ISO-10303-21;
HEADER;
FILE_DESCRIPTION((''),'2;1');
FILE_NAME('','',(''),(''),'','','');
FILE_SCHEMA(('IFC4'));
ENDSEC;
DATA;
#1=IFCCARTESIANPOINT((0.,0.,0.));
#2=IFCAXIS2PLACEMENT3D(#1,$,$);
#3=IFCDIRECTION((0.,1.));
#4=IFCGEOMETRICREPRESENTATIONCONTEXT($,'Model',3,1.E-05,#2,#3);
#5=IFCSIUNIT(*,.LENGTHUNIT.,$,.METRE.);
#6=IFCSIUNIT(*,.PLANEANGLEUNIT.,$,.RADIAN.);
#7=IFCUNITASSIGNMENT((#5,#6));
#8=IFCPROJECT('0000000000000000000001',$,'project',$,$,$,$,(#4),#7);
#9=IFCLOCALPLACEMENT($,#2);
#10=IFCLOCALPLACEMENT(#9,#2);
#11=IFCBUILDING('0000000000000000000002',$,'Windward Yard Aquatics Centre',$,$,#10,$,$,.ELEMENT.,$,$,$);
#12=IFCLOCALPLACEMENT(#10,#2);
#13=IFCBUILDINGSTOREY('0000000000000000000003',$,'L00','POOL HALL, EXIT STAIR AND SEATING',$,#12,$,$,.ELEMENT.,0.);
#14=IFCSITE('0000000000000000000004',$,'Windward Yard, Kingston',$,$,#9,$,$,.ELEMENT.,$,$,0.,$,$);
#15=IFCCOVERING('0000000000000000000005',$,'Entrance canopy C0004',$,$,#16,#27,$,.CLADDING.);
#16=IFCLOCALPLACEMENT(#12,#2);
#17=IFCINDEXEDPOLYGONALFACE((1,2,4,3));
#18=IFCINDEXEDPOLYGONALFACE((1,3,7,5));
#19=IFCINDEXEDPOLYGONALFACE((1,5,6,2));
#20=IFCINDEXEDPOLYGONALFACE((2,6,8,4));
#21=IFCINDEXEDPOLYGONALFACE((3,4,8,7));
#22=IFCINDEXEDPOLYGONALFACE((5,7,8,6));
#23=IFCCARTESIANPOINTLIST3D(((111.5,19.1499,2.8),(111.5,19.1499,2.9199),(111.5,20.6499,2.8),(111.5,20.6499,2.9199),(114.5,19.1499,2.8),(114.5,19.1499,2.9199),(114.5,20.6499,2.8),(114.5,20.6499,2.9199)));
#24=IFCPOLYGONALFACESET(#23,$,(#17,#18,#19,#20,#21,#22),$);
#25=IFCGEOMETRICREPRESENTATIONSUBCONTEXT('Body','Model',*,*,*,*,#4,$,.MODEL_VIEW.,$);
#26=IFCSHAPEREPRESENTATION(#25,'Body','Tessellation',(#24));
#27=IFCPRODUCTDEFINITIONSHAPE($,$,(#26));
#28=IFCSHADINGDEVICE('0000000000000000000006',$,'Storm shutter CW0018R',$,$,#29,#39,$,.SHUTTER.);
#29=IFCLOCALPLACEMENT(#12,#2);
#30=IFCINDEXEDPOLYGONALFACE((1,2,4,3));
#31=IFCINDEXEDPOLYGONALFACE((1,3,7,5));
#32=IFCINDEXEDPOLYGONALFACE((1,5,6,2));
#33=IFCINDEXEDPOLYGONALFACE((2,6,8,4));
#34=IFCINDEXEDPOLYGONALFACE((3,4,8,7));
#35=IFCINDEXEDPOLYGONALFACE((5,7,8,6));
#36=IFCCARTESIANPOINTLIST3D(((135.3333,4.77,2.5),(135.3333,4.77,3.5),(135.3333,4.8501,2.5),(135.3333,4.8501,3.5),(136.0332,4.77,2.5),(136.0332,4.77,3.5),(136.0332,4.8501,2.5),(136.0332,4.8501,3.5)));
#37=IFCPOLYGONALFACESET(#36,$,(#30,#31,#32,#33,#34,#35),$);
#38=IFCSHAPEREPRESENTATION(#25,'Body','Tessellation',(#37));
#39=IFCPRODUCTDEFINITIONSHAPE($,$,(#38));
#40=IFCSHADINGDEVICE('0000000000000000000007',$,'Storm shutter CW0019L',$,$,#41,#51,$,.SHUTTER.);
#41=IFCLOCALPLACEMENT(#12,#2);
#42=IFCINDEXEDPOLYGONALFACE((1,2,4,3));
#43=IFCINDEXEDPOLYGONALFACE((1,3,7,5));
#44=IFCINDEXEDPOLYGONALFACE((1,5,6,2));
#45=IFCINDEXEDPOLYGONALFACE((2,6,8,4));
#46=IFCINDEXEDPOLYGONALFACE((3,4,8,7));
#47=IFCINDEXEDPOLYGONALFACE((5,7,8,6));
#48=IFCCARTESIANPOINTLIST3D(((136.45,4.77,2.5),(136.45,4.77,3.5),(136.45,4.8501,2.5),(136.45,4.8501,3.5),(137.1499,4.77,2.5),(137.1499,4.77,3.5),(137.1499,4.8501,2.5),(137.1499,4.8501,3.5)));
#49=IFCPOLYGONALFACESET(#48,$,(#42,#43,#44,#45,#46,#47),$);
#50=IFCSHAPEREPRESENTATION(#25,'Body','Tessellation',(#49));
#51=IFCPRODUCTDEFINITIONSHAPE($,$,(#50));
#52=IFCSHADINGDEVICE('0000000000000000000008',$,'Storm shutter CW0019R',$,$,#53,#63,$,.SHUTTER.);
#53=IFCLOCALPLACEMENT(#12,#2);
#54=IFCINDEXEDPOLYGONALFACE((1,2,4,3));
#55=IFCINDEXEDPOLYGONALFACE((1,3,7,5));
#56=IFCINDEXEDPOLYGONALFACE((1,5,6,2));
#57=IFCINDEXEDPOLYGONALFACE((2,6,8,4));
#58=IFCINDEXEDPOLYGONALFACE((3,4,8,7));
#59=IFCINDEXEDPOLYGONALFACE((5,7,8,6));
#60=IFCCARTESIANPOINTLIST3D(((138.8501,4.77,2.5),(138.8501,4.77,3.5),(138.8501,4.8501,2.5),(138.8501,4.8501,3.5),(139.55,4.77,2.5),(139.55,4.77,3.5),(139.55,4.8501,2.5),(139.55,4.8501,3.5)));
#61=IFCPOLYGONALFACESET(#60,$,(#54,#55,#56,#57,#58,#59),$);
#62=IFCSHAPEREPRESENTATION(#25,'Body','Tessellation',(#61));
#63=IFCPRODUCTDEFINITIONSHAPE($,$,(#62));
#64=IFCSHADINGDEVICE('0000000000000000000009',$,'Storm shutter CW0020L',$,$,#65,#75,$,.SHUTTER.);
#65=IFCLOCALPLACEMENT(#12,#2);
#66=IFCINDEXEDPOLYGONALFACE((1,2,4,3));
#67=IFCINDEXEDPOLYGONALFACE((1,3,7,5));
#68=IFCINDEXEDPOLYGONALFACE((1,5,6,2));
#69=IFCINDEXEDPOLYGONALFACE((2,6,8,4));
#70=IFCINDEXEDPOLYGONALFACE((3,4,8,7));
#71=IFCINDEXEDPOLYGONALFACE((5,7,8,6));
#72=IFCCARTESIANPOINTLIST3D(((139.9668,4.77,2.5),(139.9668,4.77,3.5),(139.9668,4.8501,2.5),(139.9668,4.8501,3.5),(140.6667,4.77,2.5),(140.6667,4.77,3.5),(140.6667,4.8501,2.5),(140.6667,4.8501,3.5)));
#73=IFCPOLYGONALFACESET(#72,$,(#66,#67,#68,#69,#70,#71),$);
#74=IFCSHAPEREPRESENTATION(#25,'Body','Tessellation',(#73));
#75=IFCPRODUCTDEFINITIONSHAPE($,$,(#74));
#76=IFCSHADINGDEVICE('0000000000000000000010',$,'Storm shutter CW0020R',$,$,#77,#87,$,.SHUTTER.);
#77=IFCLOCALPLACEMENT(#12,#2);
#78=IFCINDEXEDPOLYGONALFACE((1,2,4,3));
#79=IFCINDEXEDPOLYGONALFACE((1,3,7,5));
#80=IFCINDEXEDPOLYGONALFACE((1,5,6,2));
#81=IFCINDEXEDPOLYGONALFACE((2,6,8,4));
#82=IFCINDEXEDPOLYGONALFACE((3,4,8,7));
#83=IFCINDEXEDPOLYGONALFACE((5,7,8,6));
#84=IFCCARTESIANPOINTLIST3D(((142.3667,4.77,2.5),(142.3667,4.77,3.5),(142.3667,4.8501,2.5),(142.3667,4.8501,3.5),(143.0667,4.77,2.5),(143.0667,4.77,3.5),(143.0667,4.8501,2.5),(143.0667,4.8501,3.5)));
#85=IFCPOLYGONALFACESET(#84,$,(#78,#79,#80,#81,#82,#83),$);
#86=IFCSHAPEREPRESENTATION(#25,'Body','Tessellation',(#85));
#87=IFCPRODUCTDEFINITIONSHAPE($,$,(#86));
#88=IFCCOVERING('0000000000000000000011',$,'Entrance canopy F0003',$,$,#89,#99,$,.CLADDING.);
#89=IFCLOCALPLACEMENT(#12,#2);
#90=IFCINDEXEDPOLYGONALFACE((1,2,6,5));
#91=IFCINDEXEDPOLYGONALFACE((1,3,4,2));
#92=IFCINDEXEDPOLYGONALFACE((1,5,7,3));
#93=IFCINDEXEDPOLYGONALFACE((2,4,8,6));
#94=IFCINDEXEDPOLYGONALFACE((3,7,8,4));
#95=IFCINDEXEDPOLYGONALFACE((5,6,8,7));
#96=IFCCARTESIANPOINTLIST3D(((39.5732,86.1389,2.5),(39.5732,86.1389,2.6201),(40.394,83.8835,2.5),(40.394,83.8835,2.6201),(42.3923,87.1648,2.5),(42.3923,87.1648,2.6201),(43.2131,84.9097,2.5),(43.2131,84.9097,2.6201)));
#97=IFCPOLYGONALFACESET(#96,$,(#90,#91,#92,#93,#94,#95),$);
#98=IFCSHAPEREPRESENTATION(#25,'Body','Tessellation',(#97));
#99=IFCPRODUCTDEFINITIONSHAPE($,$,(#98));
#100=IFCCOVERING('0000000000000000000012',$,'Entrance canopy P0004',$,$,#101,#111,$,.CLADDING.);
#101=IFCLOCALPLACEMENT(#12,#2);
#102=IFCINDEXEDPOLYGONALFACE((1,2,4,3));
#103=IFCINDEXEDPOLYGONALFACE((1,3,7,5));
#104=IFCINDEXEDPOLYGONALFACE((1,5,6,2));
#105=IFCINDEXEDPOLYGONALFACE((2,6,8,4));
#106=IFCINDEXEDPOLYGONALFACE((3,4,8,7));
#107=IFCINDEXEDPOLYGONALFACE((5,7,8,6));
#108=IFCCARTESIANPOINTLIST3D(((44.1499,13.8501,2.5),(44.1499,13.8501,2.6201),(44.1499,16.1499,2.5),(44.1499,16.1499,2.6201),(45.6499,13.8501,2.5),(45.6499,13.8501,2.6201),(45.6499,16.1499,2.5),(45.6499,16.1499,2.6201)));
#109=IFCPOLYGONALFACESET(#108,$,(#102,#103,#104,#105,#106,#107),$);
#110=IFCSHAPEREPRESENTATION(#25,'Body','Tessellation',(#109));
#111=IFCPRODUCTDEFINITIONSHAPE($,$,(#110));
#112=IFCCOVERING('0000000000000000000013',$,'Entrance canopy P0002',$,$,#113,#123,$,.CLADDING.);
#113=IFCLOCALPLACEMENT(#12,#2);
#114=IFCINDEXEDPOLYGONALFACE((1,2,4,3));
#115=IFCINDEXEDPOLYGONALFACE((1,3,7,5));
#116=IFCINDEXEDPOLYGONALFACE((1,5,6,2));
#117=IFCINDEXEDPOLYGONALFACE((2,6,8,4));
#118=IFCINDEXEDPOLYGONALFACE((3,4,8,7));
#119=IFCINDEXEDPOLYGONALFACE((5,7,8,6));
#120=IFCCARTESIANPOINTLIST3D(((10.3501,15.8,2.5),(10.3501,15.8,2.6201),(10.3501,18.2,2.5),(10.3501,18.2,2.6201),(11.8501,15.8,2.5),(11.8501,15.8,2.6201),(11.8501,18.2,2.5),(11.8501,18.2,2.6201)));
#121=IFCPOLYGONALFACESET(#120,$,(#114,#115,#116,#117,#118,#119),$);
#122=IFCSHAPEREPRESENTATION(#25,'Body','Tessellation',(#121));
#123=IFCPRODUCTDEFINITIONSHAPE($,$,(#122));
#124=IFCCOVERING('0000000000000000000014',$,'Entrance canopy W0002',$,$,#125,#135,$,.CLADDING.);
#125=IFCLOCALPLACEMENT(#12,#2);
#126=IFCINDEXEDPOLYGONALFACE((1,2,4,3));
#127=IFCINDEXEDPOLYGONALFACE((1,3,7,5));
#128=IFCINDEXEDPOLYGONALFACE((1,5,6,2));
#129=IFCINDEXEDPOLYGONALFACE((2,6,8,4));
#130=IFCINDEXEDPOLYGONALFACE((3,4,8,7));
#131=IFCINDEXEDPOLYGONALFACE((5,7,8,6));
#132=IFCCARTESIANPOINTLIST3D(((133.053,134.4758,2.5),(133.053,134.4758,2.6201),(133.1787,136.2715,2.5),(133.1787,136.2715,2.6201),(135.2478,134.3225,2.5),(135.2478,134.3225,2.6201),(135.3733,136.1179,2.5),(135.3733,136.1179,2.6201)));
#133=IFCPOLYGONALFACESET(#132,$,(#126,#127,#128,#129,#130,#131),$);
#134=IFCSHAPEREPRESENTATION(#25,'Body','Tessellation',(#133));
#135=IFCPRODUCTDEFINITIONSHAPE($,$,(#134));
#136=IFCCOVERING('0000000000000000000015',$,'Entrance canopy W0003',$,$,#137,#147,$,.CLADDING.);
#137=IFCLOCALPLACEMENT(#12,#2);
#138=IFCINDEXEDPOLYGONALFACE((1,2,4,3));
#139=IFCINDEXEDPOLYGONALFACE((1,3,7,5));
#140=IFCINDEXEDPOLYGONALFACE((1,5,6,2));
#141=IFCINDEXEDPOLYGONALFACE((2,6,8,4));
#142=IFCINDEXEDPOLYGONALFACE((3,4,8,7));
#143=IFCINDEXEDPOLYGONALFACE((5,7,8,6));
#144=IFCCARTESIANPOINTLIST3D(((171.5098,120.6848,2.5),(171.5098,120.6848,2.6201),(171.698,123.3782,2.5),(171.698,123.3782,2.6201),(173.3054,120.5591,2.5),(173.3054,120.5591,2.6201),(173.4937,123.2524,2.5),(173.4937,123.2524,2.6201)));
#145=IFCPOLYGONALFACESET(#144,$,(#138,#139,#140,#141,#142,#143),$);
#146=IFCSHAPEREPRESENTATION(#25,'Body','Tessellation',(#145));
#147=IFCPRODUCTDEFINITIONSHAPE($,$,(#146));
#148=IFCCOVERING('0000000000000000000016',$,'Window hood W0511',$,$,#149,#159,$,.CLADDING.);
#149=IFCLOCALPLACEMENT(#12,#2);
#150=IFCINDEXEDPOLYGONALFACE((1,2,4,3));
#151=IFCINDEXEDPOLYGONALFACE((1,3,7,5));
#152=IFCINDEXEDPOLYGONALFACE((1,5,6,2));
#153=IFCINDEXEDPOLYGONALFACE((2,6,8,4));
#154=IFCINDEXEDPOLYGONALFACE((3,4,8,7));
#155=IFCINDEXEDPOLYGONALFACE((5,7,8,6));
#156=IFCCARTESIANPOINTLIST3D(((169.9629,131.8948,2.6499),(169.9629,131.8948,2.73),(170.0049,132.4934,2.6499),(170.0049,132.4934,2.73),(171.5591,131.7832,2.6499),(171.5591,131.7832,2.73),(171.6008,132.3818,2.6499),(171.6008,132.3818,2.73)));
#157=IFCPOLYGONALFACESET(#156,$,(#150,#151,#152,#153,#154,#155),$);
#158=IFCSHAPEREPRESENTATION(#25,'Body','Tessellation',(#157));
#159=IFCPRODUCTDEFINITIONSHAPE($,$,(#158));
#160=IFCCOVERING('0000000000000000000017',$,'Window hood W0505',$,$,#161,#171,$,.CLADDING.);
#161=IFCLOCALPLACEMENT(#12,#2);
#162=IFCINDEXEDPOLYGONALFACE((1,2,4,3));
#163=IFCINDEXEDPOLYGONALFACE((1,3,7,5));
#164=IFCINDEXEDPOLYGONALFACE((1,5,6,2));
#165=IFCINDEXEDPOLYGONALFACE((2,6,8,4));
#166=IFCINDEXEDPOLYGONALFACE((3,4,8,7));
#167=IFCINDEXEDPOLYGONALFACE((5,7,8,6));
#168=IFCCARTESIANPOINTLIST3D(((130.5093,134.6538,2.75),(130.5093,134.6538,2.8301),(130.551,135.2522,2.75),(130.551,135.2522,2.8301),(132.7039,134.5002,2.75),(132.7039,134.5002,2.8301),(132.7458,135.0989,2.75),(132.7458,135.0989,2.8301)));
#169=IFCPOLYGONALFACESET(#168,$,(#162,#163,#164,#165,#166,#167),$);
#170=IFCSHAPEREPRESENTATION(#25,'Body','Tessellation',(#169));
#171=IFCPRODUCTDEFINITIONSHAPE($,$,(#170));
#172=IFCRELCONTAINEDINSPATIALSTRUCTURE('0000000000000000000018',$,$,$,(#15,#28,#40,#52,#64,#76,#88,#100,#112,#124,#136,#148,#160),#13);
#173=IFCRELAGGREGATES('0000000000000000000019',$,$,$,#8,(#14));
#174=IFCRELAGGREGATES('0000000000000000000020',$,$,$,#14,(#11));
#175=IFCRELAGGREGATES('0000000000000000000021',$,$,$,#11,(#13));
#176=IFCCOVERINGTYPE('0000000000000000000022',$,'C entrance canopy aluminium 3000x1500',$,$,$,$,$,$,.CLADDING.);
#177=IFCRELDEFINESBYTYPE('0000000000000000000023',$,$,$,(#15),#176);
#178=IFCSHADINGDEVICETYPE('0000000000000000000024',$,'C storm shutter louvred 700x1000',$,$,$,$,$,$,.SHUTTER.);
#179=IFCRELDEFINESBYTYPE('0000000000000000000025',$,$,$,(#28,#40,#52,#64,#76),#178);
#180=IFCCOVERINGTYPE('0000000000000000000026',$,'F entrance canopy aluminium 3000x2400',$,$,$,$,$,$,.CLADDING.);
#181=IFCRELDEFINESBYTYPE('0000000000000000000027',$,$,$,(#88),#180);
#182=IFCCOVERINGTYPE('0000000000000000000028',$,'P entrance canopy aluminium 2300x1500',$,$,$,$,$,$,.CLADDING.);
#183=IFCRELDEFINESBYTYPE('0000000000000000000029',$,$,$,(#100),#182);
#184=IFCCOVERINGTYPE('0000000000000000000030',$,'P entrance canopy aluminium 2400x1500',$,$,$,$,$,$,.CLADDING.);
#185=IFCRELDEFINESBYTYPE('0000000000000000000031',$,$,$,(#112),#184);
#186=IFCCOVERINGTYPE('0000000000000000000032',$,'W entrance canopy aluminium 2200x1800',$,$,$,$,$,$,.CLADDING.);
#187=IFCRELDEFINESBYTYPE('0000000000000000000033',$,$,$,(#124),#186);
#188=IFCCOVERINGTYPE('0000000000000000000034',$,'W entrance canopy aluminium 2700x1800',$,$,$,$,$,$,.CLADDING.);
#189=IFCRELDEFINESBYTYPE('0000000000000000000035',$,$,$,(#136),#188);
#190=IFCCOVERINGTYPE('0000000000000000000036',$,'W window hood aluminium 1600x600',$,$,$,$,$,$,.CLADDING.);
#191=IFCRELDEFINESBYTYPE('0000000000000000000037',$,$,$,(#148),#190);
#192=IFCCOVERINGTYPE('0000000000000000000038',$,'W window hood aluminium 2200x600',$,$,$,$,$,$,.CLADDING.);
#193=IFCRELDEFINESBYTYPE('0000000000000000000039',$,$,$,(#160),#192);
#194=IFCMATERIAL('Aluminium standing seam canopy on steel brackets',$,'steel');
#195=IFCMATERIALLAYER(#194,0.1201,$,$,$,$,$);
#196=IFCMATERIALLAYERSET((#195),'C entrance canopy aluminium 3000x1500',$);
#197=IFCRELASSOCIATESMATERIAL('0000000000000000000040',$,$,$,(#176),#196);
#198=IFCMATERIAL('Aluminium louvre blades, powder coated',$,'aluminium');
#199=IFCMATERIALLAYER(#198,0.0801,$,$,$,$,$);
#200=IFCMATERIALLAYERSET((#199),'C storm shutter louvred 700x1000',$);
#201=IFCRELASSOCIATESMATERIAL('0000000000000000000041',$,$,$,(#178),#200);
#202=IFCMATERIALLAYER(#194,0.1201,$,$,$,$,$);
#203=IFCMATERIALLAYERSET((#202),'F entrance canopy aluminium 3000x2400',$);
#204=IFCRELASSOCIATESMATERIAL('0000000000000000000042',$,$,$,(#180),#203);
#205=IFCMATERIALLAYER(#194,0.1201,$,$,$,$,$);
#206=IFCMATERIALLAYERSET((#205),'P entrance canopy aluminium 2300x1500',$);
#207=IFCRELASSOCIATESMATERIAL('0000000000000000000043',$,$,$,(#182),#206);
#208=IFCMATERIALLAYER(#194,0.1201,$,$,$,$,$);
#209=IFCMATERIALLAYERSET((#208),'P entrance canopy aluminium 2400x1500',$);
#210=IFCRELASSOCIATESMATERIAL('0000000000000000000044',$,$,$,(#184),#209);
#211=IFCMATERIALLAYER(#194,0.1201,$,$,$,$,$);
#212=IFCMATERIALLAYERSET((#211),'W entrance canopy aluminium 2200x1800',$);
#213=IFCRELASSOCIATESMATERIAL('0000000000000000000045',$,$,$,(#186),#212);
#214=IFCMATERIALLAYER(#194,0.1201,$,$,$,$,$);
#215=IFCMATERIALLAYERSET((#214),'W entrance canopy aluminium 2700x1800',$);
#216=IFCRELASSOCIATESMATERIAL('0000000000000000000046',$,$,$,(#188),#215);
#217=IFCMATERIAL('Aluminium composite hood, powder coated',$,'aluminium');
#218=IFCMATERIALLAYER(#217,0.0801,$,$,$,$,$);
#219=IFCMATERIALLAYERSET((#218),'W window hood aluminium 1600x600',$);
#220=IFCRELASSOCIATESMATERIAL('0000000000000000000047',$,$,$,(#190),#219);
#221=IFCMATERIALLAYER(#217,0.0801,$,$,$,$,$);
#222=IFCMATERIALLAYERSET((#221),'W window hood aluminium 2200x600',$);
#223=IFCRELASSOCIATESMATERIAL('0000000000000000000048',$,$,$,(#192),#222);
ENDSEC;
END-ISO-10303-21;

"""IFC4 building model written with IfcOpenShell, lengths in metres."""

from ifc_helpers import new_model, si_unit, direction, frame, origin, place, context, subcontext, project, spatial, polyline, outline, extrude, material, layer, layer_set, type_object, element, save


model = new_model("IFC4")

# Units and contexts
model_context = context("Model", 3, precision=1e-05, world=origin(), true_north=direction((0.0, 1.0)))
body_context = subcontext(model_context, "Body", "Model", "MODEL_VIEW")
ifc_project = project(units=[si_unit("LENGTHUNIT", "METRE"), si_unit("PLANEANGLEUNIT", "RADIAN")], contexts=[model_context])

# Site, building, storey
site_placement = place(None, origin())
site = spatial("IfcSite", under=ifc_project, at=site_placement, Name="Windward Yard, Kingston", CompositionType="ELEMENT", RefElevation=0.0)
building_placement = place(site_placement, origin())
building = spatial("IfcBuilding", under=site, at=building_placement, Name="Windward Yard Aquatics Centre", CompositionType="ELEMENT")
storey_placement = place(building_placement, origin())
storey = spatial("IfcBuildingStorey", under=building, at=storey_placement, Name="L00", Description="POOL HALL, EXIT STAIR AND SEATING", CompositionType="ELEMENT", Elevation=0.0)

# Covering
ifc_material_1 = material(Name="Aluminium standing seam canopy on steel brackets", Category="steel")
ifc_layer_1 = layer(ifc_material_1, 0.1201)
ifc_layer_set_1 = layer_set([ifc_layer_1], Name="C entrance canopy aluminium 3000x1500")
covering_type_1 = type_object("IfcCoveringType", Name="C entrance canopy aluminium 3000x1500", PredefinedType="CLADDING", material=ifc_layer_set_1)
covering_1_placement = place(storey_placement, frame((0.0, 0.0, 2.8)))
element("IfcCovering", 1, at=covering_1_placement, inside=storey, type_object=covering_type_1, Name="Entrance canopy C0004", PredefinedType="CLADDING", context=body_context, shape_type="SweptSolid", body=[
    extrude(outline(polyline([(111.5, 19.1499), (114.5, 19.1499), (114.5, 20.6499), (111.5, 20.6499), (111.5, 19.1499)])), origin(), (0.0, 0.0, 1.0), 0.1199),
])

# Shading devices
ifc_material_2 = material(Name="Aluminium louvre blades, powder coated", Category="aluminium")
ifc_layer_2 = layer(ifc_material_2, 0.0801)
ifc_layer_set_2 = layer_set([ifc_layer_2], Name="C storm shutter louvred 700x1000")
shading_device_type = type_object("IfcShadingDeviceType", Name="C storm shutter louvred 700x1000", PredefinedType="SHUTTER", material=ifc_layer_set_2)
shading_device_1_placement = place(storey_placement, frame((0.0, 0.0, 2.5)))
element("IfcShadingDevice", 2, at=shading_device_1_placement, inside=storey, type_object=shading_device_type, Name="Storm shutter CW0018R", PredefinedType="SHUTTER", context=body_context, shape_type="SweptSolid", body=[
    extrude(outline(polyline([(135.3333, 4.77), (135.3333, 4.8501), (136.0332, 4.8501), (136.0332, 4.77), (135.3333, 4.77)])), origin(), (0.0, 0.0, 1.0), 1.0),
])
shading_device_2_placement = place(storey_placement, frame((0.0, 0.0, 2.5)))
element("IfcShadingDevice", 3, at=shading_device_2_placement, inside=storey, type_object=shading_device_type, Name="Storm shutter CW0019L", PredefinedType="SHUTTER", context=body_context, shape_type="SweptSolid", body=[
    extrude(outline(polyline([(136.45, 4.77), (136.45, 4.8501), (137.1499, 4.8501), (137.1499, 4.77), (136.45, 4.77)])), origin(), (0.0, 0.0, 1.0), 1.0),
])
shading_device_3_placement = place(storey_placement, frame((0.0, 0.0, 2.5)))
element("IfcShadingDevice", 4, at=shading_device_3_placement, inside=storey, type_object=shading_device_type, Name="Storm shutter CW0019R", PredefinedType="SHUTTER", context=body_context, shape_type="SweptSolid", body=[
    extrude(outline(polyline([(138.8501, 4.77), (138.8501, 4.8501), (139.55, 4.8501), (139.55, 4.77), (138.8501, 4.77)])), origin(), (0.0, 0.0, 1.0), 1.0),
])
shading_device_4_placement = place(storey_placement, frame((0.0, 0.0, 2.5)))
element("IfcShadingDevice", 5, at=shading_device_4_placement, inside=storey, type_object=shading_device_type, Name="Storm shutter CW0020L", PredefinedType="SHUTTER", context=body_context, shape_type="SweptSolid", body=[
    extrude(outline(polyline([(139.9668, 4.77), (139.9668, 4.8501), (140.6667, 4.8501), (140.6667, 4.77), (139.9668, 4.77)])), origin(), (0.0, 0.0, 1.0), 1.0),
])
shading_device_5_placement = place(storey_placement, frame((0.0, 0.0, 2.5)))
element("IfcShadingDevice", 6, at=shading_device_5_placement, inside=storey, type_object=shading_device_type, Name="Storm shutter CW0020R", PredefinedType="SHUTTER", context=body_context, shape_type="SweptSolid", body=[
    extrude(outline(polyline([(142.3667, 4.77), (142.3667, 4.8501), (143.0667, 4.8501), (143.0667, 4.77), (142.3667, 4.77)])), origin(), (0.0, 0.0, 1.0), 1.0),
])

# Coverings
ifc_layer_3 = layer(ifc_material_1, 0.1201)
ifc_layer_set_3 = layer_set([ifc_layer_3], Name="F entrance canopy aluminium 3000x2400")
covering_type_2 = type_object("IfcCoveringType", Name="F entrance canopy aluminium 3000x2400", PredefinedType="CLADDING", material=ifc_layer_set_3)
covering_2_placement = place(storey_placement, frame((0.0, 0.0, 2.5)))
element("IfcCovering", 7, at=covering_2_placement, inside=storey, type_object=covering_type_2, Name="Entrance canopy F0003", PredefinedType="CLADDING", context=body_context, shape_type="SweptSolid", body=[
    extrude(outline(polyline([(39.5732, 86.1389), (42.3923, 87.1648), (43.2131, 84.9097), (40.394, 83.8835), (39.5732, 86.1389)])), origin(), (0.0, 0.0, 1.0), 0.1201),
])
ifc_layer_4 = layer(ifc_material_1, 0.1201)
ifc_layer_set_4 = layer_set([ifc_layer_4], Name="P entrance canopy aluminium 2300x1500")
covering_type_3 = type_object("IfcCoveringType", Name="P entrance canopy aluminium 2300x1500", PredefinedType="CLADDING", material=ifc_layer_set_4)
covering_3_placement = place(storey_placement, frame((0.0, 0.0, 2.5)))
element("IfcCovering", 8, at=covering_3_placement, inside=storey, type_object=covering_type_3, Name="Entrance canopy P0004", PredefinedType="CLADDING", context=body_context, shape_type="SweptSolid", body=[
    extrude(outline(polyline([(44.1499, 13.8501), (44.1499, 16.1499), (45.6499, 16.1499), (45.6499, 13.8501), (44.1499, 13.8501)])), origin(), (0.0, 0.0, 1.0), 0.1201),
])
ifc_layer_5 = layer(ifc_material_1, 0.1201)
ifc_layer_set_5 = layer_set([ifc_layer_5], Name="P entrance canopy aluminium 2400x1500")
covering_type_4 = type_object("IfcCoveringType", Name="P entrance canopy aluminium 2400x1500", PredefinedType="CLADDING", material=ifc_layer_set_5)
covering_4_placement = place(storey_placement, frame((0.0, 0.0, 2.5)))
element("IfcCovering", 9, at=covering_4_placement, inside=storey, type_object=covering_type_4, Name="Entrance canopy P0002", PredefinedType="CLADDING", context=body_context, shape_type="SweptSolid", body=[
    extrude(outline(polyline([(10.3501, 15.8), (11.8501, 15.8), (11.8501, 18.2), (10.3501, 18.2), (10.3501, 15.8)])), origin(), (0.0, 0.0, 1.0), 0.1201),
])
ifc_layer_6 = layer(ifc_material_1, 0.1201)
ifc_layer_set_6 = layer_set([ifc_layer_6], Name="W entrance canopy aluminium 2200x1800")
covering_type_5 = type_object("IfcCoveringType", Name="W entrance canopy aluminium 2200x1800", PredefinedType="CLADDING", material=ifc_layer_set_6)
covering_5_placement = place(storey_placement, frame((0.0, 0.0, 2.5)))
element("IfcCovering", 10, at=covering_5_placement, inside=storey, type_object=covering_type_5, Name="Entrance canopy W0002", PredefinedType="CLADDING", context=body_context, shape_type="SweptSolid", body=[
    extrude(outline(polyline([(133.053, 134.4758), (135.2478, 134.3225), (135.3733, 136.1179), (133.1787, 136.2715), (133.053, 134.4758)])), origin(), (0.0, 0.0, 1.0), 0.1201),
])
ifc_layer_7 = layer(ifc_material_1, 0.1201)
ifc_layer_set_7 = layer_set([ifc_layer_7], Name="W entrance canopy aluminium 2700x1800")
covering_type_6 = type_object("IfcCoveringType", Name="W entrance canopy aluminium 2700x1800", PredefinedType="CLADDING", material=ifc_layer_set_7)
covering_6_placement = place(storey_placement, frame((0.0, 0.0, 2.5)))
element("IfcCovering", 11, at=covering_6_placement, inside=storey, type_object=covering_type_6, Name="Entrance canopy W0003", PredefinedType="CLADDING", context=body_context, shape_type="SweptSolid", body=[
    extrude(outline(polyline([(171.5098, 120.6848), (171.698, 123.3782), (173.4937, 123.2524), (173.3054, 120.5591), (171.5098, 120.6848)])), origin(), (0.0, 0.0, 1.0), 0.1201),
])
ifc_material_3 = material(Name="Aluminium composite hood, powder coated", Category="aluminium")
ifc_layer_8 = layer(ifc_material_3, 0.0801)
ifc_layer_set_8 = layer_set([ifc_layer_8], Name="W window hood aluminium 1600x600")
covering_type_7 = type_object("IfcCoveringType", Name="W window hood aluminium 1600x600", PredefinedType="CLADDING", material=ifc_layer_set_8)
covering_7_placement = place(storey_placement, frame((0.0, 0.0, 2.6499)))
element("IfcCovering", 12, at=covering_7_placement, inside=storey, type_object=covering_type_7, Name="Window hood W0511", PredefinedType="CLADDING", context=body_context, shape_type="SweptSolid", body=[
    extrude(outline(polyline([(169.9629, 131.8948), (171.5591, 131.7832), (171.6008, 132.3818), (170.0049, 132.4934), (169.9629, 131.8948)])), origin(), (0.0, 0.0, 1.0), 0.0801),
])
ifc_layer_9 = layer(ifc_material_3, 0.0801)
ifc_layer_set_9 = layer_set([ifc_layer_9], Name="W window hood aluminium 2200x600")
covering_type_8 = type_object("IfcCoveringType", Name="W window hood aluminium 2200x600", PredefinedType="CLADDING", material=ifc_layer_set_9)
covering_8_placement = place(storey_placement, frame((0.0, 0.0, 2.75)))
element("IfcCovering", 13, at=covering_8_placement, inside=storey, type_object=covering_type_8, Name="Window hood W0505", PredefinedType="CLADDING", context=body_context, shape_type="SweptSolid", body=[
    extrude(outline(polyline([(130.5093, 134.6538), (132.7039, 134.5002), (132.7458, 135.0989), (130.551, 135.2522), (130.5093, 134.6538)])), origin(), (0.0, 0.0, 1.0), 0.0801),
])

save(model, "model.ifc")
